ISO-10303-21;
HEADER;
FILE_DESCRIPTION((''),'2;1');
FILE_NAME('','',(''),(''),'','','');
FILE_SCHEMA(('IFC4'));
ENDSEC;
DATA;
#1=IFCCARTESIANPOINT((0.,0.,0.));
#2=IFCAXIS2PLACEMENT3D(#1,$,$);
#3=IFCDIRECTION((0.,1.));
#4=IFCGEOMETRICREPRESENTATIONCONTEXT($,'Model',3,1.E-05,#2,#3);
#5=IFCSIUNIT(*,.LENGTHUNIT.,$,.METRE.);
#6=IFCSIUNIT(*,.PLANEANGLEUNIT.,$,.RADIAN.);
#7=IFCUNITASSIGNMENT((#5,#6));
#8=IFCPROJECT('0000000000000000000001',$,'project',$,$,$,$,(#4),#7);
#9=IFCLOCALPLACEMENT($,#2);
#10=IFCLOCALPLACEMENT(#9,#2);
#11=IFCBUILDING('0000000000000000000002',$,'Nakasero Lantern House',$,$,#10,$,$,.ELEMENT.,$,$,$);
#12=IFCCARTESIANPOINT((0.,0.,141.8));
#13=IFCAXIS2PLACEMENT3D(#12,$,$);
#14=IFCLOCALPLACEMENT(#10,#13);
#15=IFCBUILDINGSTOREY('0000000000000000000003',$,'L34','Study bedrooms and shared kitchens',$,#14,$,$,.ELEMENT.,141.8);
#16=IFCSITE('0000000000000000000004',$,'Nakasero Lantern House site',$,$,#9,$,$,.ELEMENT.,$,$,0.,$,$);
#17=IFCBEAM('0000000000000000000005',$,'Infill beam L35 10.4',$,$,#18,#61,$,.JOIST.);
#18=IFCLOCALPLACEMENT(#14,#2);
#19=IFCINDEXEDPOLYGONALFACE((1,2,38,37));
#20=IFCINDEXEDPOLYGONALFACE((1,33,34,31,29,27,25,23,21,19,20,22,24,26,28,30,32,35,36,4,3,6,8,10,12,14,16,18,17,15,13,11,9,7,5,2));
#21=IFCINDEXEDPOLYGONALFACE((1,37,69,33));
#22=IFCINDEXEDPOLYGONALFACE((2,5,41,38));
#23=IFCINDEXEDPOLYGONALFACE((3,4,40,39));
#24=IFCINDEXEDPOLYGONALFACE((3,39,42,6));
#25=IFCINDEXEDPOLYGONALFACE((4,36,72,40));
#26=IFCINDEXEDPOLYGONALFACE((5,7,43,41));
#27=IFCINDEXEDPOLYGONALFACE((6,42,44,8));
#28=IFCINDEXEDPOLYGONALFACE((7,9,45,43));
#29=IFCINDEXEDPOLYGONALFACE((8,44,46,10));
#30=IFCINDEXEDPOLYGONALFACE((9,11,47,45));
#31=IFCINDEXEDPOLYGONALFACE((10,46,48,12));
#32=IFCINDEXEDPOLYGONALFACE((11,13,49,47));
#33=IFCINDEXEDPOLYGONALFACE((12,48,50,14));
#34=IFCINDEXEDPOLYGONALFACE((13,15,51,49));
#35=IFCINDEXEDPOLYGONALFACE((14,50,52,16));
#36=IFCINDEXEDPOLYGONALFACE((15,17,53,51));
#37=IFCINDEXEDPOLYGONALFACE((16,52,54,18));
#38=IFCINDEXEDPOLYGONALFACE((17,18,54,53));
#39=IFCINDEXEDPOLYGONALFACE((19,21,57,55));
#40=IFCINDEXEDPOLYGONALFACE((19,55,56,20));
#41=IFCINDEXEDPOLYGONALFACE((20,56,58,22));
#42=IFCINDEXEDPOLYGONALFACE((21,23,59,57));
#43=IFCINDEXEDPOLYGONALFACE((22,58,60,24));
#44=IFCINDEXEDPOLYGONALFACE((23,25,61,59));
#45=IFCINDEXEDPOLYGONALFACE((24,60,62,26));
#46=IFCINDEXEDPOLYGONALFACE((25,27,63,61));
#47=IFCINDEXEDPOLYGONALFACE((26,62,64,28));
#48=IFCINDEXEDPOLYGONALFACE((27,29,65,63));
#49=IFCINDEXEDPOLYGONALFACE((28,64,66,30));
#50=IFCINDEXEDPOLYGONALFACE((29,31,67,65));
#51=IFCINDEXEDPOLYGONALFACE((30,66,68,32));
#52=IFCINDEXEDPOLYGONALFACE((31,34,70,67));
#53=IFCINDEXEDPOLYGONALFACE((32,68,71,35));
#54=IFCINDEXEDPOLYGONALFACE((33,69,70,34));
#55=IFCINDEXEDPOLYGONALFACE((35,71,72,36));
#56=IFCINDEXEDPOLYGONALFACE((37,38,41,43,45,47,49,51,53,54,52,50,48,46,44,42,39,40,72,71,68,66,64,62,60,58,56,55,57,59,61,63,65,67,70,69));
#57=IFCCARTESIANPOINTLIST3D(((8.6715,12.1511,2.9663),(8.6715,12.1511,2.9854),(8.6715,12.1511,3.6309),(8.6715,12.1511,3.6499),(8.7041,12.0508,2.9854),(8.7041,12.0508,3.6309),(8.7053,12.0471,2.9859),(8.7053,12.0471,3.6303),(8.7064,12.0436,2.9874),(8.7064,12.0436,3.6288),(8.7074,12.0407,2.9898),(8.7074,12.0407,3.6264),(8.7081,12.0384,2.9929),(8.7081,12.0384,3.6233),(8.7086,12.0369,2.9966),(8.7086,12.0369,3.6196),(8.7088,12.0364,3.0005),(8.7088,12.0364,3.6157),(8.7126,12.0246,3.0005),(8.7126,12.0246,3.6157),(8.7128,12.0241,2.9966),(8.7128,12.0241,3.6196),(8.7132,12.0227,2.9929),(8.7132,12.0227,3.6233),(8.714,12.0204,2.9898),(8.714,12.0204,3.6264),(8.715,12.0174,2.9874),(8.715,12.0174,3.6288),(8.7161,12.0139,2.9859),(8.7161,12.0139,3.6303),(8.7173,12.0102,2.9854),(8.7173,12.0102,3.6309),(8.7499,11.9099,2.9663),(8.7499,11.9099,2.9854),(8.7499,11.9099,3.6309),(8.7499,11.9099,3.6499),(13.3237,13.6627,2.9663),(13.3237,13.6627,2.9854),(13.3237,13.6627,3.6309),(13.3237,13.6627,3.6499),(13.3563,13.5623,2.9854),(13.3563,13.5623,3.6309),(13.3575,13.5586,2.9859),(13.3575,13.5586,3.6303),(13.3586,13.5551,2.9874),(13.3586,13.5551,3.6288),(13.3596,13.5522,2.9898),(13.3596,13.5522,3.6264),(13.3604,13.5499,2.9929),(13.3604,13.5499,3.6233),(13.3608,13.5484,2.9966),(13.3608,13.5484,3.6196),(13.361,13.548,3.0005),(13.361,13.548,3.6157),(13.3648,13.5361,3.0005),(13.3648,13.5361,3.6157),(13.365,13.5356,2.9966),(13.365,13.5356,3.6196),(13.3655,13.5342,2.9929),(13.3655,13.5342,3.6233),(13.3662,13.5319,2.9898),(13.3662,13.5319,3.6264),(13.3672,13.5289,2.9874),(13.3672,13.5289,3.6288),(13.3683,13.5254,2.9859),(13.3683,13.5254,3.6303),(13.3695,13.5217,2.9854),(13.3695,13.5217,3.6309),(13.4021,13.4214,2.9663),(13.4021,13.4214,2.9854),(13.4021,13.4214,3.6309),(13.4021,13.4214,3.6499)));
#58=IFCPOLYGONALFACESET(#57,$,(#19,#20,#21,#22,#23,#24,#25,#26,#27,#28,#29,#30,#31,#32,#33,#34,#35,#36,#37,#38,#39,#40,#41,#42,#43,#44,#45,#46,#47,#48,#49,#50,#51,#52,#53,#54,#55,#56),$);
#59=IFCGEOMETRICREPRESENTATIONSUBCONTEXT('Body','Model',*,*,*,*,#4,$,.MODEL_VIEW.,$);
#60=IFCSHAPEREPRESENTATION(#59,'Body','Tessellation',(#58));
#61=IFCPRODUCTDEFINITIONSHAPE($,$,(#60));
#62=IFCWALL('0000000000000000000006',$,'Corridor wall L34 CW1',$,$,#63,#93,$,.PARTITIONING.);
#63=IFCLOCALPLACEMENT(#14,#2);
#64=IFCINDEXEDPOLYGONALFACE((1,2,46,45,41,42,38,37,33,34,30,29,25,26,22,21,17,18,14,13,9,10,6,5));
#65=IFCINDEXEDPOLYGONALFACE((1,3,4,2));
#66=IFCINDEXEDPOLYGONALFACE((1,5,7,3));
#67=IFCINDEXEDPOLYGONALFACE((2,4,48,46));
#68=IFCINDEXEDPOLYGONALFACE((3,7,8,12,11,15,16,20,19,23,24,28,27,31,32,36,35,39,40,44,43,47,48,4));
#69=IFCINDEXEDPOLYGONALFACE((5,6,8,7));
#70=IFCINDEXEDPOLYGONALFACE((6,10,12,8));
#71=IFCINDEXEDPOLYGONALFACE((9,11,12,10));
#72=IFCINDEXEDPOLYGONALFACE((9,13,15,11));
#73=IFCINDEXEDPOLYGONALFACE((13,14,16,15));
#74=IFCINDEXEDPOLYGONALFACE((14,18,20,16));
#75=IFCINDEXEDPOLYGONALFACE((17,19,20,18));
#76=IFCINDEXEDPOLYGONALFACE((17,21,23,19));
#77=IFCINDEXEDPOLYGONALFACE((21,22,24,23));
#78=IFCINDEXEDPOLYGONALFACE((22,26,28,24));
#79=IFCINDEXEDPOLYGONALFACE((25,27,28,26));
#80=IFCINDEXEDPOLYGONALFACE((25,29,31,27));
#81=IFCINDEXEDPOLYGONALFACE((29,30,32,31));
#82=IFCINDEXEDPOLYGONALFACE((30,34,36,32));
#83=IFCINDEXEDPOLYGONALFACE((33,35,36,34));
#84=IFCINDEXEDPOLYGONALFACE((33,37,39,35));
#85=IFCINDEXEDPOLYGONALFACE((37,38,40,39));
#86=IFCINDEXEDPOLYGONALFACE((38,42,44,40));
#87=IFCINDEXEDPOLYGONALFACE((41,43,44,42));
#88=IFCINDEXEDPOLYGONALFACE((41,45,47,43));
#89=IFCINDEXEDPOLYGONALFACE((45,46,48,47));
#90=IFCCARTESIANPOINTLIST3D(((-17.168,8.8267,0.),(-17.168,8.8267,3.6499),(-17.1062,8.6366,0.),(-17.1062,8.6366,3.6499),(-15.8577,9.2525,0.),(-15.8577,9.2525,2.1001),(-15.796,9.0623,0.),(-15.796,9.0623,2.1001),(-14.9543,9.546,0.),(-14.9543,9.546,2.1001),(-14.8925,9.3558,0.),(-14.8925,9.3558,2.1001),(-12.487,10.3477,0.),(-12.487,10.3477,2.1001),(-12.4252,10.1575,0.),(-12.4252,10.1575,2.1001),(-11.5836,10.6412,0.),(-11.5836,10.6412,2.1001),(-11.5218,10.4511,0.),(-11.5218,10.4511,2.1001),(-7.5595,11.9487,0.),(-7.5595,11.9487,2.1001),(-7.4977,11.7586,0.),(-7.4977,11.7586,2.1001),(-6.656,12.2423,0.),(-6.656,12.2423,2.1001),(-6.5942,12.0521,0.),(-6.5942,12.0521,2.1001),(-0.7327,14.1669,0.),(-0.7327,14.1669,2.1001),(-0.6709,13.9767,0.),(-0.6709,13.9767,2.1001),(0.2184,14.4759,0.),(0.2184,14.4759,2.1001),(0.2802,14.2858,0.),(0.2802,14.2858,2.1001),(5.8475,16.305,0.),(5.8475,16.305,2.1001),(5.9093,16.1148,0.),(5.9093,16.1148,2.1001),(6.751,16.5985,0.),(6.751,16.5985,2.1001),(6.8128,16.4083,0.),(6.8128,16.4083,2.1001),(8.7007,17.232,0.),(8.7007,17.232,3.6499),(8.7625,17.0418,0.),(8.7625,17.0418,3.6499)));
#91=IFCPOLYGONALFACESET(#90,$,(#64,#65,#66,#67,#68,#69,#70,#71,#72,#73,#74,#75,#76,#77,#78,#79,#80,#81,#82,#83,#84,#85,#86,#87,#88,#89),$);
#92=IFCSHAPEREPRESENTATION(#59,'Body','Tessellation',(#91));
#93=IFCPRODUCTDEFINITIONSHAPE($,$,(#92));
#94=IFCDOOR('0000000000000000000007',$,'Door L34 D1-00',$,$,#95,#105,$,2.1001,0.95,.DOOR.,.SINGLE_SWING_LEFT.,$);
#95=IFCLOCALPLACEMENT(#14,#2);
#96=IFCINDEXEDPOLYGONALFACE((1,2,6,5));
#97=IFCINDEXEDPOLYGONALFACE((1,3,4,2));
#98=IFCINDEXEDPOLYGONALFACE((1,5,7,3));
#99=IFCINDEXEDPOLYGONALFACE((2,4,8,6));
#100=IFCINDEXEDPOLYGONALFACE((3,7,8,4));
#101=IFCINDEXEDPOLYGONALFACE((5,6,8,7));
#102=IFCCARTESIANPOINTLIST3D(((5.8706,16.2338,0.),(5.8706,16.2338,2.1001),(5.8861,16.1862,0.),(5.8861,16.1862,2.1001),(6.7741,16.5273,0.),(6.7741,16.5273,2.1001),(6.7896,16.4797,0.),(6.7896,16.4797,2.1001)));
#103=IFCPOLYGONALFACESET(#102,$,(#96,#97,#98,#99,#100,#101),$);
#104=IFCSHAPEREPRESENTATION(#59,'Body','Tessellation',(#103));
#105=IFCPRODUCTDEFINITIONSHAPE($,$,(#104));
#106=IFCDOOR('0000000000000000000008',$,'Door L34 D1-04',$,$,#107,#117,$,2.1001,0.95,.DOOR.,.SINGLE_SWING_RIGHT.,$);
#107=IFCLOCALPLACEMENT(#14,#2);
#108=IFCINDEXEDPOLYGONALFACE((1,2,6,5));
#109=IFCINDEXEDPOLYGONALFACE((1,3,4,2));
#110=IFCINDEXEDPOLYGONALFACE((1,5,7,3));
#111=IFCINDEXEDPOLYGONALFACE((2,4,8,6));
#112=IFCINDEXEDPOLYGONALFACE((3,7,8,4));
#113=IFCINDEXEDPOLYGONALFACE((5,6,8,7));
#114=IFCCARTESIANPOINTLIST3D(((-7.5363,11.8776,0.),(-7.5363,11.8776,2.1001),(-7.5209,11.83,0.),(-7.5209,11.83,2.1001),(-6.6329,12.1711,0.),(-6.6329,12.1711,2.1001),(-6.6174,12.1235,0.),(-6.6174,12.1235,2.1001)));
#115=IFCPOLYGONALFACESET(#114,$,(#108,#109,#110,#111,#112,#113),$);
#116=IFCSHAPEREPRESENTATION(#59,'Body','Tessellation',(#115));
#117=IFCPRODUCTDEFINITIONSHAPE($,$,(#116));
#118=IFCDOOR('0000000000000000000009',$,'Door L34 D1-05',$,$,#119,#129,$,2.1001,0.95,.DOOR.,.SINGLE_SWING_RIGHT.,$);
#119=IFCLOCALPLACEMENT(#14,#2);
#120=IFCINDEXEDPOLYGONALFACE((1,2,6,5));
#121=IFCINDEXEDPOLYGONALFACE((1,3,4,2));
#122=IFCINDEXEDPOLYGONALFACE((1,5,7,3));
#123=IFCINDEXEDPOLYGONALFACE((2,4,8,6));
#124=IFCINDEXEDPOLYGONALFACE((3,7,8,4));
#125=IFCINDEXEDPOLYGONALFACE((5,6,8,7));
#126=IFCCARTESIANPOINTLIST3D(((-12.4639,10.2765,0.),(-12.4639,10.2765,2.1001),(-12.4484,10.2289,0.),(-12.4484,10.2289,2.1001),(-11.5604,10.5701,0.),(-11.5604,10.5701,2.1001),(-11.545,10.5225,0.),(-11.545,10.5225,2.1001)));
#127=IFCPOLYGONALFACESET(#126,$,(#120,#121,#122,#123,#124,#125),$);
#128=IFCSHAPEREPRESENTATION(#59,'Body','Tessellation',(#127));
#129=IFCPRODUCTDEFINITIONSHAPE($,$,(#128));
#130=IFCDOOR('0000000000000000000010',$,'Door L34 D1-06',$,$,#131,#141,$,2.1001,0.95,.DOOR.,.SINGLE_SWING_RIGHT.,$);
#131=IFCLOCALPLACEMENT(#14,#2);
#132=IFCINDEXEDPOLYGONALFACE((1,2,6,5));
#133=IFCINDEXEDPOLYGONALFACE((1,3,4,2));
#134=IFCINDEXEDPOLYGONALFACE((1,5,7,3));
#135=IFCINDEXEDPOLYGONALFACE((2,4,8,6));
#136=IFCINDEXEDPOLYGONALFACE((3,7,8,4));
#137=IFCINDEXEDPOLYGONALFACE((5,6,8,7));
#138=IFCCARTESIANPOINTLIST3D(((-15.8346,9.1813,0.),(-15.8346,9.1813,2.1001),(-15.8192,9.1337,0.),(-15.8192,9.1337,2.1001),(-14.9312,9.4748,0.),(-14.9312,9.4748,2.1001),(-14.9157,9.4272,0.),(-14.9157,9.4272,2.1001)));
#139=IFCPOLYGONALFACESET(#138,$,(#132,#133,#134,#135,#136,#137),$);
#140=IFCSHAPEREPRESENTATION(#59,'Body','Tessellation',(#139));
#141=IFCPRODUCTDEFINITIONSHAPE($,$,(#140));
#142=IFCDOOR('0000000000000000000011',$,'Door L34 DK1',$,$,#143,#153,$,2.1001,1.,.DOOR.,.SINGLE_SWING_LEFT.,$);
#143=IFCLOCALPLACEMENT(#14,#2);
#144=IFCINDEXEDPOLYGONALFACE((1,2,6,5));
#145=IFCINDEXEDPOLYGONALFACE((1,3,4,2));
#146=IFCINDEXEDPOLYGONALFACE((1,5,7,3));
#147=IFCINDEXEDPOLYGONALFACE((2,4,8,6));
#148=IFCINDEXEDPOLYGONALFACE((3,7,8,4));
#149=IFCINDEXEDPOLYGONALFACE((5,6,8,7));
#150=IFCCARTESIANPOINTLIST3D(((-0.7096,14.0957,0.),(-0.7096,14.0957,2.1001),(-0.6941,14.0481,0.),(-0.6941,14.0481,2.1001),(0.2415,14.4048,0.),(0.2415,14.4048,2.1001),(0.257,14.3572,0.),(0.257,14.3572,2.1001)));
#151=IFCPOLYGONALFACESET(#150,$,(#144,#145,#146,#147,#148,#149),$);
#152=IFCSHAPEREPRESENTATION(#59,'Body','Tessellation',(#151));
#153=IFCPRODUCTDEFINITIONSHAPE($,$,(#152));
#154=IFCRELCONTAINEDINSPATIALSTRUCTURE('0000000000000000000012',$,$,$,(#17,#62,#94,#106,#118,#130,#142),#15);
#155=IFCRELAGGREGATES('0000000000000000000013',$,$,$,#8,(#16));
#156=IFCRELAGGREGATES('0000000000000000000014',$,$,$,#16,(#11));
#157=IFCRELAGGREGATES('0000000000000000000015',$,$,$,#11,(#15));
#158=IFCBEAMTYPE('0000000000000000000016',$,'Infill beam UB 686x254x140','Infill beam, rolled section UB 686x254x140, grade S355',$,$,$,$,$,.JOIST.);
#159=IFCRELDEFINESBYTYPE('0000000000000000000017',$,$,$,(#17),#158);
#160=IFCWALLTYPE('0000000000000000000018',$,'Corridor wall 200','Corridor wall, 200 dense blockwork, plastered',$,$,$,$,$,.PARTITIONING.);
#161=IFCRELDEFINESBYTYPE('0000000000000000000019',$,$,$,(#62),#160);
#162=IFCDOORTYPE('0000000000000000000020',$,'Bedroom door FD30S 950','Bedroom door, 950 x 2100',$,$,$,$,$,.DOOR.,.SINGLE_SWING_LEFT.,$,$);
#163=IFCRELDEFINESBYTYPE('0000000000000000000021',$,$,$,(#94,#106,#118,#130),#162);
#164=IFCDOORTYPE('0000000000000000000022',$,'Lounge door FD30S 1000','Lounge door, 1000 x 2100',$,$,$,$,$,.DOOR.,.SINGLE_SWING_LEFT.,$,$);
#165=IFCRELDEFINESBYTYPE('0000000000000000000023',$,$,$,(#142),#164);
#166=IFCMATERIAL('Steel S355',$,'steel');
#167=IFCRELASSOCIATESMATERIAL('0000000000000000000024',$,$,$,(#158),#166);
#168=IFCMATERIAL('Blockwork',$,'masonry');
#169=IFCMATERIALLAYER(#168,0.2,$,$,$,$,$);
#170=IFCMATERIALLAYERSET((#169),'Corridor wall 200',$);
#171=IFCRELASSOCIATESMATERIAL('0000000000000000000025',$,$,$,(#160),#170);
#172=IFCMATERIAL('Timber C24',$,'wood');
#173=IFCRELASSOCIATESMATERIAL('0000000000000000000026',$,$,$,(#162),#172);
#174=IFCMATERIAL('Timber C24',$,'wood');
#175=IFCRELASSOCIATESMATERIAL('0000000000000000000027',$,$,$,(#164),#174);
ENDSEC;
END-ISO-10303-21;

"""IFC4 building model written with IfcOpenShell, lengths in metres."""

from ifc_helpers import new_model, si_unit, direction, frame, frame_2d, origin, origin_2d, place, context, subcontext, project, spatial, rectangle, i_section, extrude, material, layer, layer_set, material_profile, profile_set, type_object, element, fill, save


model = new_model("IFC4")

# Units and contexts
model_context = context("Model", 3, precision=1e-05, world=origin(), true_north=direction((0.0, 1.0)))
body_context = subcontext(model_context, "Body", "Model", "MODEL_VIEW")
ifc_project = project(units=[si_unit("LENGTHUNIT", "METRE"), si_unit("PLANEANGLEUNIT", "RADIAN")], contexts=[model_context])

# Site, building, storey
site_placement = place(None, origin())
site = spatial("IfcSite", under=ifc_project, at=site_placement, Name="Nakasero Lantern House site", CompositionType="ELEMENT", RefElevation=0.0)
building_placement = place(site_placement, origin())
building = spatial("IfcBuilding", under=site, at=building_placement, Name="Nakasero Lantern House", CompositionType="ELEMENT")
storey_placement = place(building_placement, frame((0.0, 0.0, 141.8)))
storey = spatial("IfcBuildingStorey", under=building, at=storey_placement, Name="L34", Description="Study bedrooms and shared kitchens", CompositionType="ELEMENT", Elevation=141.8)

# Beam
ifc_material_1 = material(Name="Steel S355", Category="steel")
ifc_material_profile_1 = material_profile(ifc_material_1, i_section(OverallWidth=0.2537, OverallDepth=0.6836, WebThickness=0.0125, FlangeThickness=0.019, FilletRadius=0.0151, at=origin_2d()), Name="UB 686x254x140")
ifc_profile_set_1 = profile_set([ifc_material_profile_1], Name="Steel S355")
beam_type_1 = type_object("IfcBeamType", Name="Infill beam UB 686x254x140", Description="Infill beam, rolled section UB 686x254x140, grade S355", PredefinedType="JOIST", material=ifc_profile_set_1)
beam_1_placement = place(storey_placement, frame((8.7107, 12.0305, 3.3081), z_axis=(0.951062, 0.309001, 0.0), x_axis=(-0.309001, 0.951062, 0.0)))
element("IfcBeam", 1, at=beam_1_placement, inside=storey, type_object=beam_type_1, Name="Infill beam L35 10.4", PredefinedType="JOIST", context=body_context, shape_type="SweptSolid", body=[
    extrude(i_section(OverallWidth=0.2537, OverallDepth=0.6836, WebThickness=0.0125, FlangeThickness=0.019, FilletRadius=0.0151, at=origin_2d()), origin(), (0.0, 0.0, 1.0), 4.8916),
])

# Wall, openings, doors
ifc_material_2 = material(Name="Blockwork", Category="masonry")
ifc_layer_1 = layer(ifc_material_2, 0.2)
ifc_layer_set_1 = layer_set([ifc_layer_1], Name="Corridor wall 200")
wall_type_1 = type_object("IfcWallType", Name="Corridor wall 200", Description="Corridor wall, 200 dense blockwork, plastered", PredefinedType="PARTITIONING", material=ifc_layer_set_1)
wall_1_placement = place(storey_placement, frame((8.7317, 17.137, 0.0), z_axis=(0.0, 0.0, 1.0), x_axis=(-0.951056, -0.309018, 0.0)))
wall_1 = element("IfcWall", 2, at=wall_1_placement, inside=storey, type_object=wall_type_1, Name="Corridor wall L34 CW1", PredefinedType="PARTITIONING", context=body_context, shape_type="SweptSolid", body=[
    extrude(rectangle(XDim=27.2, YDim=0.2, at=frame_2d((13.6001, 0.0))), origin(), (0.0, 0.0, 1.0), 3.6499),
])
opening_1_placement = place(wall_1_placement, frame((2.05, 0.0, 0.0)))
opening_1 = element("IfcOpeningElement", 3, at=opening_1_placement, cuts=wall_1, PredefinedType="OPENING", context=body_context, shape_type="SweptSolid", body=[
    extrude(rectangle(XDim=0.95, YDim=2.1001, at=frame_2d((0.4751, 1.05))), frame((0.0, 0.1199, 0.0), z_axis=(0.0, -1.0, 0.0), x_axis=(1.0, 0.0, 0.0)), (0.0, 0.0, 1.0), 0.24),
])
opening_2_placement = place(wall_1_placement, frame((16.147, 0.0, 0.0)))
opening_2 = element("IfcOpeningElement", 4, at=opening_2_placement, cuts=wall_1, PredefinedType="OPENING", context=body_context, shape_type="SweptSolid", body=[
    extrude(rectangle(XDim=0.95, YDim=2.1001, at=frame_2d((0.4751, 1.05))), frame((0.0, 0.1199, 0.0), z_axis=(0.0, -1.0, 0.0), x_axis=(1.0, 0.0, 0.0)), (0.0, 0.0, 1.0), 0.24),
])
opening_3_placement = place(wall_1_placement, frame((21.3281, 0.0, 0.0)))
opening_3 = element("IfcOpeningElement", 5, at=opening_3_placement, cuts=wall_1, PredefinedType="OPENING", context=body_context, shape_type="SweptSolid", body=[
    extrude(rectangle(XDim=0.95, YDim=2.1001, at=frame_2d((0.4751, 1.05))), frame((0.0, 0.1199, 0.0), z_axis=(0.0, -1.0, 0.0), x_axis=(1.0, 0.0, 0.0)), (0.0, 0.0, 1.0), 0.24),
])
opening_4_placement = place(wall_1_placement, frame((24.8723, 0.0, 0.0)))
opening_4 = element("IfcOpeningElement", 6, at=opening_4_placement, cuts=wall_1, PredefinedType="OPENING", context=body_context, shape_type="SweptSolid", body=[
    extrude(rectangle(XDim=0.95, YDim=2.1001, at=frame_2d((0.4751, 1.05))), frame((0.0, 0.1199, 0.0), z_axis=(0.0, -1.0, 0.0), x_axis=(1.0, 0.0, 0.0)), (0.0, 0.0, 1.0), 0.24),
])
opening_5_placement = place(wall_1_placement, frame((8.9189, 0.0, 0.0)))
opening_5 = element("IfcOpeningElement", 7, at=opening_5_placement, cuts=wall_1, PredefinedType="OPENING", context=body_context, shape_type="SweptSolid", body=[
    extrude(rectangle(XDim=1.0, YDim=2.1001, at=frame_2d((0.5, 1.05))), frame((0.0, 0.1199, 0.0), z_axis=(0.0, -1.0, 0.0), x_axis=(1.0, 0.0, 0.0)), (0.0, 0.0, 1.0), 0.24),
])
ifc_material_3 = material(Name="Timber C24", Category="wood")
door_type_1 = type_object("IfcDoorType", Name="Bedroom door FD30S 950", Description="Bedroom door, 950 x 2100", OperationType="SINGLE_SWING_LEFT", PredefinedType="DOOR", material=ifc_material_3)
door_1_placement = place(opening_1_placement, origin())
door_1 = element("IfcDoor", 8, at=door_1_placement, inside=storey, type_object=door_type_1, Name="Door L34 D1-00", OperationType="SINGLE_SWING_LEFT", OverallHeight=2.1001, OverallWidth=0.95, PredefinedType="DOOR", context=body_context, shape_type="SweptSolid", body=[
    extrude(rectangle(XDim=0.95, YDim=2.1001, at=frame_2d((0.4751, 1.05))), frame((0.0, 0.0249, 0.0), z_axis=(0.0, -1.0, 0.0), x_axis=(1.0, 0.0, 0.0)), (0.0, 0.0, 1.0), 0.05),
])
fill(opening_1, door_1)
door_2_placement = place(opening_2_placement, origin())
door_2 = element("IfcDoor", 9, at=door_2_placement, inside=storey, type_object=door_type_1, Name="Door L34 D1-04", OperationType="SINGLE_SWING_RIGHT", OverallHeight=2.1001, OverallWidth=0.95, PredefinedType="DOOR", context=body_context, shape_type="SweptSolid", body=[
    extrude(rectangle(XDim=0.95, YDim=2.1001, at=frame_2d((0.4751, 1.05))), frame((0.0, 0.0249, 0.0), z_axis=(0.0, -1.0, 0.0), x_axis=(1.0, 0.0, 0.0)), (0.0, 0.0, 1.0), 0.05),
])
fill(opening_2, door_2)
door_3_placement = place(opening_3_placement, origin())
door_3 = element("IfcDoor", 10, at=door_3_placement, inside=storey, type_object=door_type_1, Name="Door L34 D1-05", OperationType="SINGLE_SWING_RIGHT", OverallHeight=2.1001, OverallWidth=0.95, PredefinedType="DOOR", context=body_context, shape_type="SweptSolid", body=[
    extrude(rectangle(XDim=0.95, YDim=2.1001, at=frame_2d((0.4751, 1.05))), frame((0.0, 0.0249, 0.0), z_axis=(0.0, -1.0, 0.0), x_axis=(1.0, 0.0, 0.0)), (0.0, 0.0, 1.0), 0.05),
])
fill(opening_3, door_3)
door_4_placement = place(opening_4_placement, origin())
door_4 = element("IfcDoor", 11, at=door_4_placement, inside=storey, type_object=door_type_1, Name="Door L34 D1-06", OperationType="SINGLE_SWING_RIGHT", OverallHeight=2.1001, OverallWidth=0.95, PredefinedType="DOOR", context=body_context, shape_type="SweptSolid", body=[
    extrude(rectangle(XDim=0.95, YDim=2.1001, at=frame_2d((0.4751, 1.05))), frame((0.0, 0.0249, 0.0), z_axis=(0.0, -1.0, 0.0), x_axis=(1.0, 0.0, 0.0)), (0.0, 0.0, 1.0), 0.05),
])
fill(opening_4, door_4)
ifc_material_4 = material(Name="Timber C24", Category="wood")
door_type_2 = type_object("IfcDoorType", Name="Lounge door FD30S 1000", Description="Lounge door, 1000 x 2100", OperationType="SINGLE_SWING_LEFT", PredefinedType="DOOR", material=ifc_material_4)
door_5_placement = place(opening_5_placement, origin())
door_5 = element("IfcDoor", 12, at=door_5_placement, inside=storey, type_object=door_type_2, Name="Door L34 DK1", OperationType="SINGLE_SWING_LEFT", OverallHeight=2.1001, OverallWidth=1.0, PredefinedType="DOOR", context=body_context, shape_type="SweptSolid", body=[
    extrude(rectangle(XDim=1.0, YDim=2.1001, at=frame_2d((0.5, 1.05))), frame((0.0, 0.0249, 0.0), z_axis=(0.0, -1.0, 0.0), x_axis=(1.0, 0.0, 0.0)), (0.0, 0.0, 1.0), 0.05),
])
fill(opening_5, door_5)

save(model, "model.ifc")
